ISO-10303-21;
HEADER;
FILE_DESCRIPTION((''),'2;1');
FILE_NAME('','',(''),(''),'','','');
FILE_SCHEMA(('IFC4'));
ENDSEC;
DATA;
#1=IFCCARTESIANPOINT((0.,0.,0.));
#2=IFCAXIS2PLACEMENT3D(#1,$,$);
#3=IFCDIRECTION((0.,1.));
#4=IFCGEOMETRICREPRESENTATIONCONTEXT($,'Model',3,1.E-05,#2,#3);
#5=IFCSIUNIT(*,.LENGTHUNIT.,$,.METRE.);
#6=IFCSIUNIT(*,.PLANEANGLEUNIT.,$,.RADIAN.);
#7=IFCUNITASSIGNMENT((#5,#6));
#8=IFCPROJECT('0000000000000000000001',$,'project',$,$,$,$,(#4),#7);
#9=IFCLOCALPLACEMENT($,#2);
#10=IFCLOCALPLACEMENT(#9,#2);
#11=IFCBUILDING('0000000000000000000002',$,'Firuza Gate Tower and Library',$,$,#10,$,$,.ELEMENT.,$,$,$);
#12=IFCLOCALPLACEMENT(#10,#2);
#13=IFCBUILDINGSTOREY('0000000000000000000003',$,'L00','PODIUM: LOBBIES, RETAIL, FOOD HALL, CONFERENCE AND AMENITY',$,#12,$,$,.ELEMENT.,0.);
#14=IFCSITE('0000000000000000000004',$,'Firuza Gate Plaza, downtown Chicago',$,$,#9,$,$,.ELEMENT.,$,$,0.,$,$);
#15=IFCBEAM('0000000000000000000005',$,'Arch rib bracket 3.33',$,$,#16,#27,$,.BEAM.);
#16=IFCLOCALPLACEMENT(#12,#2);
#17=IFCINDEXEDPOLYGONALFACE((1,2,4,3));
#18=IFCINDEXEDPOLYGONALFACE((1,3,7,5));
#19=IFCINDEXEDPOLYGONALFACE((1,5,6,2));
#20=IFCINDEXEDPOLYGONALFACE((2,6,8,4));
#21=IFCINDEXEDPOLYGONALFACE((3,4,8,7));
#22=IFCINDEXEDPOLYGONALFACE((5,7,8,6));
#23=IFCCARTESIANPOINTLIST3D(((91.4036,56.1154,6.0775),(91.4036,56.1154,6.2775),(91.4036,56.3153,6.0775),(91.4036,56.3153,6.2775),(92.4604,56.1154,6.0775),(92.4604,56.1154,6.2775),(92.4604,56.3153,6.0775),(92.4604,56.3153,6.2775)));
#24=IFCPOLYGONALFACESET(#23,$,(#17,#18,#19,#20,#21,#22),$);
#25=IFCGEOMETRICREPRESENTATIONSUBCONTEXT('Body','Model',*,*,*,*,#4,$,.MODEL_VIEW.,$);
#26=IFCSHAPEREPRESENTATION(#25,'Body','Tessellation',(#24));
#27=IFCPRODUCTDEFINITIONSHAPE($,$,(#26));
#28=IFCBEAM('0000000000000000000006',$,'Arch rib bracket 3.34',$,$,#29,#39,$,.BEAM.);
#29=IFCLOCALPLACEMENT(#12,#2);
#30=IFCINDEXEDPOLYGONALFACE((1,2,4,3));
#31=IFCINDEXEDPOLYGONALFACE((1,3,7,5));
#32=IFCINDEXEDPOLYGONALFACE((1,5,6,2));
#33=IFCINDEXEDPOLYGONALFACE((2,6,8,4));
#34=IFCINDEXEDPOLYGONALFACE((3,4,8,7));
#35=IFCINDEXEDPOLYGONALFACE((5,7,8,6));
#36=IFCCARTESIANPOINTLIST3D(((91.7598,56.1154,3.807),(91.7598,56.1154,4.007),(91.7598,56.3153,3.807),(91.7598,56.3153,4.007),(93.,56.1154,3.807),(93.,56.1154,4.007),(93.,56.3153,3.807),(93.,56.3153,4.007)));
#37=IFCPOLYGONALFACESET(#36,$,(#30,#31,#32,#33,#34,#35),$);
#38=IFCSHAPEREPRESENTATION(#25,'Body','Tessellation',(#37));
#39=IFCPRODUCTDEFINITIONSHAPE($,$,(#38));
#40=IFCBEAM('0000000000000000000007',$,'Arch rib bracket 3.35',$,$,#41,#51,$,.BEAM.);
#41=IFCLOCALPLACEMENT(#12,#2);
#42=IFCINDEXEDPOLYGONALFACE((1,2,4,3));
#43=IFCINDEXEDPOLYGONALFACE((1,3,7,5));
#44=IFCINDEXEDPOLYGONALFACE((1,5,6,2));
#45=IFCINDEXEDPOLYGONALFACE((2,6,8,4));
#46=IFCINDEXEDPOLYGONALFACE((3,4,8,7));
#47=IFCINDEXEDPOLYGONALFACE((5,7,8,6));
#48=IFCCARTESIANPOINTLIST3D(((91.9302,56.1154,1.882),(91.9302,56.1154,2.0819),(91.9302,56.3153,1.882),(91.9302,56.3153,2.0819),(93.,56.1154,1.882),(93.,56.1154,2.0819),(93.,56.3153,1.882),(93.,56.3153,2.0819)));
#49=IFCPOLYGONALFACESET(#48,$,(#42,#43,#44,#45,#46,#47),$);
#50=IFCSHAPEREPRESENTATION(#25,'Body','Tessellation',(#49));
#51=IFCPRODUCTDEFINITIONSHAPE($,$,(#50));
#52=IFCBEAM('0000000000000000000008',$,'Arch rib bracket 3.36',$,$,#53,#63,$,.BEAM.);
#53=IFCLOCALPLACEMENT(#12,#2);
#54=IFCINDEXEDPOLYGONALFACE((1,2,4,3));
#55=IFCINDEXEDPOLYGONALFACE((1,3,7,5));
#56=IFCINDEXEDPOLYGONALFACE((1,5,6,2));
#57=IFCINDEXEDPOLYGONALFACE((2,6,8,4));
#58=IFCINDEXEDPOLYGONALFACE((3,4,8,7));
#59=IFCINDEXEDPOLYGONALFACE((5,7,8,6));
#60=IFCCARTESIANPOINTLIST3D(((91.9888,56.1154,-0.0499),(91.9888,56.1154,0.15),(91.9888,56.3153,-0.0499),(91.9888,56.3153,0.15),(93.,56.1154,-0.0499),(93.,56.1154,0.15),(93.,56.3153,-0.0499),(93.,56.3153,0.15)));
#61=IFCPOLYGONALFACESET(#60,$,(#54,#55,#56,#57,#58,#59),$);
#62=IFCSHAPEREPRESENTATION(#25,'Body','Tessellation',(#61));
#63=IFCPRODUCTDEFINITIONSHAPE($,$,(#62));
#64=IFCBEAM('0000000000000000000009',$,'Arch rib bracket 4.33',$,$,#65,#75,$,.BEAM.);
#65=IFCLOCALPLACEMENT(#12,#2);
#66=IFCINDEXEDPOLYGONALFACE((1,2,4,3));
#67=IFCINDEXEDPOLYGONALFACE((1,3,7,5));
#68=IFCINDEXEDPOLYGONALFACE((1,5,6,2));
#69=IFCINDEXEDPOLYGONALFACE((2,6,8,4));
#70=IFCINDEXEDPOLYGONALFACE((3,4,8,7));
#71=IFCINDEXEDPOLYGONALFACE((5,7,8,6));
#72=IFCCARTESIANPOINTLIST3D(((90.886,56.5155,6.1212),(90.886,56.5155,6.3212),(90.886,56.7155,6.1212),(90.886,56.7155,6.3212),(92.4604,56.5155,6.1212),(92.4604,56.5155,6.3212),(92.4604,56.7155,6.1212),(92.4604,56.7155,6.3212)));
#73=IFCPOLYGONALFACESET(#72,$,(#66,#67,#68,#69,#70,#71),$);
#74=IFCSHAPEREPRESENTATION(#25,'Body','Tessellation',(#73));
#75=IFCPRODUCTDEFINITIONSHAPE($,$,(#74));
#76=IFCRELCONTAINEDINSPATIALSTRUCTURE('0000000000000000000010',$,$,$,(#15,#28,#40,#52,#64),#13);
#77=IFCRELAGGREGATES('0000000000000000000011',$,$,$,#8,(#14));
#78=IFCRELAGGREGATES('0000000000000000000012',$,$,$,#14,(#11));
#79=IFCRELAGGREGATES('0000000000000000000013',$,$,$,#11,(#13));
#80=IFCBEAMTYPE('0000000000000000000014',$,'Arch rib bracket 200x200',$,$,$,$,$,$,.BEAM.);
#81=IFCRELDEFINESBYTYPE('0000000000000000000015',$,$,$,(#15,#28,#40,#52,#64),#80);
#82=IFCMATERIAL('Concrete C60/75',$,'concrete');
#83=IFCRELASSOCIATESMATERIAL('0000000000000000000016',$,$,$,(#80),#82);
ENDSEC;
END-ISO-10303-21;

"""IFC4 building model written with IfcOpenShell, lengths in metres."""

from ifc_helpers import new_model, si_unit, direction, frame, origin, origin_2d, place, context, subcontext, project, spatial, rectangle, extrude, material, material_profile, profile_set, type_object, element, save


model = new_model("IFC4")

# Units and contexts
model_context = context("Model", 3, precision=1e-05, world=origin(), true_north=direction((0.0, 1.0)))
body_context = subcontext(model_context, "Body", "Model", "MODEL_VIEW")
ifc_project = project(units=[si_unit("LENGTHUNIT", "METRE"), si_unit("PLANEANGLEUNIT", "RADIAN")], contexts=[model_context])

# Site, building, storey
site_placement = place(None, origin())
site = spatial("IfcSite", under=ifc_project, at=site_placement, Name="Firuza Gate Plaza, downtown Chicago", CompositionType="ELEMENT", RefElevation=0.0)
building_placement = place(site_placement, origin())
building = spatial("IfcBuilding", under=site, at=building_placement, Name="Firuza Gate Tower and Library", CompositionType="ELEMENT")
storey_placement = place(building_placement, origin())
storey = spatial("IfcBuildingStorey", under=building, at=storey_placement, Name="L00", Description="PODIUM: LOBBIES, RETAIL, FOOD HALL, CONFERENCE AND AMENITY", CompositionType="ELEMENT", Elevation=0.0)

# Beams
ifc_material_1 = material(Name="Concrete C60/75", Category="concrete")
ifc_material_profile_1 = material_profile(ifc_material_1, rectangle(XDim=0.2, YDim=0.2, at=origin_2d()))
ifc_profile_set_1 = profile_set([ifc_material_profile_1], Name="Concrete C60/75")
beam_type = type_object("IfcBeamType", Name="Arch rib bracket 200x200", PredefinedType="BEAM", material=ifc_profile_set_1)
beam_1_placement = place(storey_placement, frame((92.4604, 56.2153, 6.1775), z_axis=(-1.0, 0.0, 0.0), x_axis=(0.0, -1.0, 0.0)))
element("IfcBeam", 1, at=beam_1_placement, inside=storey, type_object=beam_type, Name="Arch rib bracket 3.33", PredefinedType="BEAM", context=body_context, shape_type="SweptSolid", body=[
    extrude(rectangle(XDim=0.2, YDim=0.2, at=origin_2d()), origin(), (0.0, 0.0, 1.0), 1.0569),
])
beam_2_placement = place(storey_placement, frame((93.0, 56.2153, 3.907), z_axis=(-1.0, 0.0, 0.0), x_axis=(0.0, -1.0, 0.0)))
element("IfcBeam", 2, at=beam_2_placement, inside=storey, type_object=beam_type, Name="Arch rib bracket 3.34", PredefinedType="BEAM", context=body_context, shape_type="SweptSolid", body=[
    extrude(rectangle(XDim=0.2, YDim=0.2, at=origin_2d()), origin(), (0.0, 0.0, 1.0), 1.2402),
])
beam_3_placement = place(storey_placement, frame((93.0, 56.2153, 1.9819), z_axis=(-1.0, 0.0, 0.0), x_axis=(0.0, -1.0, 0.0)))
element("IfcBeam", 3, at=beam_3_placement, inside=storey, type_object=beam_type, Name="Arch rib bracket 3.35", PredefinedType="BEAM", context=body_context, shape_type="SweptSolid", body=[
    extrude(rectangle(XDim=0.2, YDim=0.2, at=origin_2d()), origin(), (0.0, 0.0, 1.0), 1.0698),
])
beam_4_placement = place(storey_placement, frame((93.0, 56.2153, 0.05), z_axis=(-1.0, 0.0, 0.0), x_axis=(0.0, -1.0, 0.0)))
element("IfcBeam", 4, at=beam_4_placement, inside=storey, type_object=beam_type, Name="Arch rib bracket 3.36", PredefinedType="BEAM", context=body_context, shape_type="SweptSolid", body=[
    extrude(rectangle(XDim=0.2, YDim=0.2, at=origin_2d()), origin(), (0.0, 0.0, 1.0), 1.0112),
])
beam_5_placement = place(storey_placement, frame((92.4604, 56.6155, 6.2212), z_axis=(-1.0, 0.0, 0.0), x_axis=(0.0, -1.0, 0.0)))
element("IfcBeam", 5, at=beam_5_placement, inside=storey, type_object=beam_type, Name="Arch rib bracket 4.33", PredefinedType="BEAM", context=body_context, shape_type="SweptSolid", body=[
    extrude(rectangle(XDim=0.2, YDim=0.2, at=origin_2d()), origin(), (0.0, 0.0, 1.0), 1.5745),
])

save(model, "model.ifc")
